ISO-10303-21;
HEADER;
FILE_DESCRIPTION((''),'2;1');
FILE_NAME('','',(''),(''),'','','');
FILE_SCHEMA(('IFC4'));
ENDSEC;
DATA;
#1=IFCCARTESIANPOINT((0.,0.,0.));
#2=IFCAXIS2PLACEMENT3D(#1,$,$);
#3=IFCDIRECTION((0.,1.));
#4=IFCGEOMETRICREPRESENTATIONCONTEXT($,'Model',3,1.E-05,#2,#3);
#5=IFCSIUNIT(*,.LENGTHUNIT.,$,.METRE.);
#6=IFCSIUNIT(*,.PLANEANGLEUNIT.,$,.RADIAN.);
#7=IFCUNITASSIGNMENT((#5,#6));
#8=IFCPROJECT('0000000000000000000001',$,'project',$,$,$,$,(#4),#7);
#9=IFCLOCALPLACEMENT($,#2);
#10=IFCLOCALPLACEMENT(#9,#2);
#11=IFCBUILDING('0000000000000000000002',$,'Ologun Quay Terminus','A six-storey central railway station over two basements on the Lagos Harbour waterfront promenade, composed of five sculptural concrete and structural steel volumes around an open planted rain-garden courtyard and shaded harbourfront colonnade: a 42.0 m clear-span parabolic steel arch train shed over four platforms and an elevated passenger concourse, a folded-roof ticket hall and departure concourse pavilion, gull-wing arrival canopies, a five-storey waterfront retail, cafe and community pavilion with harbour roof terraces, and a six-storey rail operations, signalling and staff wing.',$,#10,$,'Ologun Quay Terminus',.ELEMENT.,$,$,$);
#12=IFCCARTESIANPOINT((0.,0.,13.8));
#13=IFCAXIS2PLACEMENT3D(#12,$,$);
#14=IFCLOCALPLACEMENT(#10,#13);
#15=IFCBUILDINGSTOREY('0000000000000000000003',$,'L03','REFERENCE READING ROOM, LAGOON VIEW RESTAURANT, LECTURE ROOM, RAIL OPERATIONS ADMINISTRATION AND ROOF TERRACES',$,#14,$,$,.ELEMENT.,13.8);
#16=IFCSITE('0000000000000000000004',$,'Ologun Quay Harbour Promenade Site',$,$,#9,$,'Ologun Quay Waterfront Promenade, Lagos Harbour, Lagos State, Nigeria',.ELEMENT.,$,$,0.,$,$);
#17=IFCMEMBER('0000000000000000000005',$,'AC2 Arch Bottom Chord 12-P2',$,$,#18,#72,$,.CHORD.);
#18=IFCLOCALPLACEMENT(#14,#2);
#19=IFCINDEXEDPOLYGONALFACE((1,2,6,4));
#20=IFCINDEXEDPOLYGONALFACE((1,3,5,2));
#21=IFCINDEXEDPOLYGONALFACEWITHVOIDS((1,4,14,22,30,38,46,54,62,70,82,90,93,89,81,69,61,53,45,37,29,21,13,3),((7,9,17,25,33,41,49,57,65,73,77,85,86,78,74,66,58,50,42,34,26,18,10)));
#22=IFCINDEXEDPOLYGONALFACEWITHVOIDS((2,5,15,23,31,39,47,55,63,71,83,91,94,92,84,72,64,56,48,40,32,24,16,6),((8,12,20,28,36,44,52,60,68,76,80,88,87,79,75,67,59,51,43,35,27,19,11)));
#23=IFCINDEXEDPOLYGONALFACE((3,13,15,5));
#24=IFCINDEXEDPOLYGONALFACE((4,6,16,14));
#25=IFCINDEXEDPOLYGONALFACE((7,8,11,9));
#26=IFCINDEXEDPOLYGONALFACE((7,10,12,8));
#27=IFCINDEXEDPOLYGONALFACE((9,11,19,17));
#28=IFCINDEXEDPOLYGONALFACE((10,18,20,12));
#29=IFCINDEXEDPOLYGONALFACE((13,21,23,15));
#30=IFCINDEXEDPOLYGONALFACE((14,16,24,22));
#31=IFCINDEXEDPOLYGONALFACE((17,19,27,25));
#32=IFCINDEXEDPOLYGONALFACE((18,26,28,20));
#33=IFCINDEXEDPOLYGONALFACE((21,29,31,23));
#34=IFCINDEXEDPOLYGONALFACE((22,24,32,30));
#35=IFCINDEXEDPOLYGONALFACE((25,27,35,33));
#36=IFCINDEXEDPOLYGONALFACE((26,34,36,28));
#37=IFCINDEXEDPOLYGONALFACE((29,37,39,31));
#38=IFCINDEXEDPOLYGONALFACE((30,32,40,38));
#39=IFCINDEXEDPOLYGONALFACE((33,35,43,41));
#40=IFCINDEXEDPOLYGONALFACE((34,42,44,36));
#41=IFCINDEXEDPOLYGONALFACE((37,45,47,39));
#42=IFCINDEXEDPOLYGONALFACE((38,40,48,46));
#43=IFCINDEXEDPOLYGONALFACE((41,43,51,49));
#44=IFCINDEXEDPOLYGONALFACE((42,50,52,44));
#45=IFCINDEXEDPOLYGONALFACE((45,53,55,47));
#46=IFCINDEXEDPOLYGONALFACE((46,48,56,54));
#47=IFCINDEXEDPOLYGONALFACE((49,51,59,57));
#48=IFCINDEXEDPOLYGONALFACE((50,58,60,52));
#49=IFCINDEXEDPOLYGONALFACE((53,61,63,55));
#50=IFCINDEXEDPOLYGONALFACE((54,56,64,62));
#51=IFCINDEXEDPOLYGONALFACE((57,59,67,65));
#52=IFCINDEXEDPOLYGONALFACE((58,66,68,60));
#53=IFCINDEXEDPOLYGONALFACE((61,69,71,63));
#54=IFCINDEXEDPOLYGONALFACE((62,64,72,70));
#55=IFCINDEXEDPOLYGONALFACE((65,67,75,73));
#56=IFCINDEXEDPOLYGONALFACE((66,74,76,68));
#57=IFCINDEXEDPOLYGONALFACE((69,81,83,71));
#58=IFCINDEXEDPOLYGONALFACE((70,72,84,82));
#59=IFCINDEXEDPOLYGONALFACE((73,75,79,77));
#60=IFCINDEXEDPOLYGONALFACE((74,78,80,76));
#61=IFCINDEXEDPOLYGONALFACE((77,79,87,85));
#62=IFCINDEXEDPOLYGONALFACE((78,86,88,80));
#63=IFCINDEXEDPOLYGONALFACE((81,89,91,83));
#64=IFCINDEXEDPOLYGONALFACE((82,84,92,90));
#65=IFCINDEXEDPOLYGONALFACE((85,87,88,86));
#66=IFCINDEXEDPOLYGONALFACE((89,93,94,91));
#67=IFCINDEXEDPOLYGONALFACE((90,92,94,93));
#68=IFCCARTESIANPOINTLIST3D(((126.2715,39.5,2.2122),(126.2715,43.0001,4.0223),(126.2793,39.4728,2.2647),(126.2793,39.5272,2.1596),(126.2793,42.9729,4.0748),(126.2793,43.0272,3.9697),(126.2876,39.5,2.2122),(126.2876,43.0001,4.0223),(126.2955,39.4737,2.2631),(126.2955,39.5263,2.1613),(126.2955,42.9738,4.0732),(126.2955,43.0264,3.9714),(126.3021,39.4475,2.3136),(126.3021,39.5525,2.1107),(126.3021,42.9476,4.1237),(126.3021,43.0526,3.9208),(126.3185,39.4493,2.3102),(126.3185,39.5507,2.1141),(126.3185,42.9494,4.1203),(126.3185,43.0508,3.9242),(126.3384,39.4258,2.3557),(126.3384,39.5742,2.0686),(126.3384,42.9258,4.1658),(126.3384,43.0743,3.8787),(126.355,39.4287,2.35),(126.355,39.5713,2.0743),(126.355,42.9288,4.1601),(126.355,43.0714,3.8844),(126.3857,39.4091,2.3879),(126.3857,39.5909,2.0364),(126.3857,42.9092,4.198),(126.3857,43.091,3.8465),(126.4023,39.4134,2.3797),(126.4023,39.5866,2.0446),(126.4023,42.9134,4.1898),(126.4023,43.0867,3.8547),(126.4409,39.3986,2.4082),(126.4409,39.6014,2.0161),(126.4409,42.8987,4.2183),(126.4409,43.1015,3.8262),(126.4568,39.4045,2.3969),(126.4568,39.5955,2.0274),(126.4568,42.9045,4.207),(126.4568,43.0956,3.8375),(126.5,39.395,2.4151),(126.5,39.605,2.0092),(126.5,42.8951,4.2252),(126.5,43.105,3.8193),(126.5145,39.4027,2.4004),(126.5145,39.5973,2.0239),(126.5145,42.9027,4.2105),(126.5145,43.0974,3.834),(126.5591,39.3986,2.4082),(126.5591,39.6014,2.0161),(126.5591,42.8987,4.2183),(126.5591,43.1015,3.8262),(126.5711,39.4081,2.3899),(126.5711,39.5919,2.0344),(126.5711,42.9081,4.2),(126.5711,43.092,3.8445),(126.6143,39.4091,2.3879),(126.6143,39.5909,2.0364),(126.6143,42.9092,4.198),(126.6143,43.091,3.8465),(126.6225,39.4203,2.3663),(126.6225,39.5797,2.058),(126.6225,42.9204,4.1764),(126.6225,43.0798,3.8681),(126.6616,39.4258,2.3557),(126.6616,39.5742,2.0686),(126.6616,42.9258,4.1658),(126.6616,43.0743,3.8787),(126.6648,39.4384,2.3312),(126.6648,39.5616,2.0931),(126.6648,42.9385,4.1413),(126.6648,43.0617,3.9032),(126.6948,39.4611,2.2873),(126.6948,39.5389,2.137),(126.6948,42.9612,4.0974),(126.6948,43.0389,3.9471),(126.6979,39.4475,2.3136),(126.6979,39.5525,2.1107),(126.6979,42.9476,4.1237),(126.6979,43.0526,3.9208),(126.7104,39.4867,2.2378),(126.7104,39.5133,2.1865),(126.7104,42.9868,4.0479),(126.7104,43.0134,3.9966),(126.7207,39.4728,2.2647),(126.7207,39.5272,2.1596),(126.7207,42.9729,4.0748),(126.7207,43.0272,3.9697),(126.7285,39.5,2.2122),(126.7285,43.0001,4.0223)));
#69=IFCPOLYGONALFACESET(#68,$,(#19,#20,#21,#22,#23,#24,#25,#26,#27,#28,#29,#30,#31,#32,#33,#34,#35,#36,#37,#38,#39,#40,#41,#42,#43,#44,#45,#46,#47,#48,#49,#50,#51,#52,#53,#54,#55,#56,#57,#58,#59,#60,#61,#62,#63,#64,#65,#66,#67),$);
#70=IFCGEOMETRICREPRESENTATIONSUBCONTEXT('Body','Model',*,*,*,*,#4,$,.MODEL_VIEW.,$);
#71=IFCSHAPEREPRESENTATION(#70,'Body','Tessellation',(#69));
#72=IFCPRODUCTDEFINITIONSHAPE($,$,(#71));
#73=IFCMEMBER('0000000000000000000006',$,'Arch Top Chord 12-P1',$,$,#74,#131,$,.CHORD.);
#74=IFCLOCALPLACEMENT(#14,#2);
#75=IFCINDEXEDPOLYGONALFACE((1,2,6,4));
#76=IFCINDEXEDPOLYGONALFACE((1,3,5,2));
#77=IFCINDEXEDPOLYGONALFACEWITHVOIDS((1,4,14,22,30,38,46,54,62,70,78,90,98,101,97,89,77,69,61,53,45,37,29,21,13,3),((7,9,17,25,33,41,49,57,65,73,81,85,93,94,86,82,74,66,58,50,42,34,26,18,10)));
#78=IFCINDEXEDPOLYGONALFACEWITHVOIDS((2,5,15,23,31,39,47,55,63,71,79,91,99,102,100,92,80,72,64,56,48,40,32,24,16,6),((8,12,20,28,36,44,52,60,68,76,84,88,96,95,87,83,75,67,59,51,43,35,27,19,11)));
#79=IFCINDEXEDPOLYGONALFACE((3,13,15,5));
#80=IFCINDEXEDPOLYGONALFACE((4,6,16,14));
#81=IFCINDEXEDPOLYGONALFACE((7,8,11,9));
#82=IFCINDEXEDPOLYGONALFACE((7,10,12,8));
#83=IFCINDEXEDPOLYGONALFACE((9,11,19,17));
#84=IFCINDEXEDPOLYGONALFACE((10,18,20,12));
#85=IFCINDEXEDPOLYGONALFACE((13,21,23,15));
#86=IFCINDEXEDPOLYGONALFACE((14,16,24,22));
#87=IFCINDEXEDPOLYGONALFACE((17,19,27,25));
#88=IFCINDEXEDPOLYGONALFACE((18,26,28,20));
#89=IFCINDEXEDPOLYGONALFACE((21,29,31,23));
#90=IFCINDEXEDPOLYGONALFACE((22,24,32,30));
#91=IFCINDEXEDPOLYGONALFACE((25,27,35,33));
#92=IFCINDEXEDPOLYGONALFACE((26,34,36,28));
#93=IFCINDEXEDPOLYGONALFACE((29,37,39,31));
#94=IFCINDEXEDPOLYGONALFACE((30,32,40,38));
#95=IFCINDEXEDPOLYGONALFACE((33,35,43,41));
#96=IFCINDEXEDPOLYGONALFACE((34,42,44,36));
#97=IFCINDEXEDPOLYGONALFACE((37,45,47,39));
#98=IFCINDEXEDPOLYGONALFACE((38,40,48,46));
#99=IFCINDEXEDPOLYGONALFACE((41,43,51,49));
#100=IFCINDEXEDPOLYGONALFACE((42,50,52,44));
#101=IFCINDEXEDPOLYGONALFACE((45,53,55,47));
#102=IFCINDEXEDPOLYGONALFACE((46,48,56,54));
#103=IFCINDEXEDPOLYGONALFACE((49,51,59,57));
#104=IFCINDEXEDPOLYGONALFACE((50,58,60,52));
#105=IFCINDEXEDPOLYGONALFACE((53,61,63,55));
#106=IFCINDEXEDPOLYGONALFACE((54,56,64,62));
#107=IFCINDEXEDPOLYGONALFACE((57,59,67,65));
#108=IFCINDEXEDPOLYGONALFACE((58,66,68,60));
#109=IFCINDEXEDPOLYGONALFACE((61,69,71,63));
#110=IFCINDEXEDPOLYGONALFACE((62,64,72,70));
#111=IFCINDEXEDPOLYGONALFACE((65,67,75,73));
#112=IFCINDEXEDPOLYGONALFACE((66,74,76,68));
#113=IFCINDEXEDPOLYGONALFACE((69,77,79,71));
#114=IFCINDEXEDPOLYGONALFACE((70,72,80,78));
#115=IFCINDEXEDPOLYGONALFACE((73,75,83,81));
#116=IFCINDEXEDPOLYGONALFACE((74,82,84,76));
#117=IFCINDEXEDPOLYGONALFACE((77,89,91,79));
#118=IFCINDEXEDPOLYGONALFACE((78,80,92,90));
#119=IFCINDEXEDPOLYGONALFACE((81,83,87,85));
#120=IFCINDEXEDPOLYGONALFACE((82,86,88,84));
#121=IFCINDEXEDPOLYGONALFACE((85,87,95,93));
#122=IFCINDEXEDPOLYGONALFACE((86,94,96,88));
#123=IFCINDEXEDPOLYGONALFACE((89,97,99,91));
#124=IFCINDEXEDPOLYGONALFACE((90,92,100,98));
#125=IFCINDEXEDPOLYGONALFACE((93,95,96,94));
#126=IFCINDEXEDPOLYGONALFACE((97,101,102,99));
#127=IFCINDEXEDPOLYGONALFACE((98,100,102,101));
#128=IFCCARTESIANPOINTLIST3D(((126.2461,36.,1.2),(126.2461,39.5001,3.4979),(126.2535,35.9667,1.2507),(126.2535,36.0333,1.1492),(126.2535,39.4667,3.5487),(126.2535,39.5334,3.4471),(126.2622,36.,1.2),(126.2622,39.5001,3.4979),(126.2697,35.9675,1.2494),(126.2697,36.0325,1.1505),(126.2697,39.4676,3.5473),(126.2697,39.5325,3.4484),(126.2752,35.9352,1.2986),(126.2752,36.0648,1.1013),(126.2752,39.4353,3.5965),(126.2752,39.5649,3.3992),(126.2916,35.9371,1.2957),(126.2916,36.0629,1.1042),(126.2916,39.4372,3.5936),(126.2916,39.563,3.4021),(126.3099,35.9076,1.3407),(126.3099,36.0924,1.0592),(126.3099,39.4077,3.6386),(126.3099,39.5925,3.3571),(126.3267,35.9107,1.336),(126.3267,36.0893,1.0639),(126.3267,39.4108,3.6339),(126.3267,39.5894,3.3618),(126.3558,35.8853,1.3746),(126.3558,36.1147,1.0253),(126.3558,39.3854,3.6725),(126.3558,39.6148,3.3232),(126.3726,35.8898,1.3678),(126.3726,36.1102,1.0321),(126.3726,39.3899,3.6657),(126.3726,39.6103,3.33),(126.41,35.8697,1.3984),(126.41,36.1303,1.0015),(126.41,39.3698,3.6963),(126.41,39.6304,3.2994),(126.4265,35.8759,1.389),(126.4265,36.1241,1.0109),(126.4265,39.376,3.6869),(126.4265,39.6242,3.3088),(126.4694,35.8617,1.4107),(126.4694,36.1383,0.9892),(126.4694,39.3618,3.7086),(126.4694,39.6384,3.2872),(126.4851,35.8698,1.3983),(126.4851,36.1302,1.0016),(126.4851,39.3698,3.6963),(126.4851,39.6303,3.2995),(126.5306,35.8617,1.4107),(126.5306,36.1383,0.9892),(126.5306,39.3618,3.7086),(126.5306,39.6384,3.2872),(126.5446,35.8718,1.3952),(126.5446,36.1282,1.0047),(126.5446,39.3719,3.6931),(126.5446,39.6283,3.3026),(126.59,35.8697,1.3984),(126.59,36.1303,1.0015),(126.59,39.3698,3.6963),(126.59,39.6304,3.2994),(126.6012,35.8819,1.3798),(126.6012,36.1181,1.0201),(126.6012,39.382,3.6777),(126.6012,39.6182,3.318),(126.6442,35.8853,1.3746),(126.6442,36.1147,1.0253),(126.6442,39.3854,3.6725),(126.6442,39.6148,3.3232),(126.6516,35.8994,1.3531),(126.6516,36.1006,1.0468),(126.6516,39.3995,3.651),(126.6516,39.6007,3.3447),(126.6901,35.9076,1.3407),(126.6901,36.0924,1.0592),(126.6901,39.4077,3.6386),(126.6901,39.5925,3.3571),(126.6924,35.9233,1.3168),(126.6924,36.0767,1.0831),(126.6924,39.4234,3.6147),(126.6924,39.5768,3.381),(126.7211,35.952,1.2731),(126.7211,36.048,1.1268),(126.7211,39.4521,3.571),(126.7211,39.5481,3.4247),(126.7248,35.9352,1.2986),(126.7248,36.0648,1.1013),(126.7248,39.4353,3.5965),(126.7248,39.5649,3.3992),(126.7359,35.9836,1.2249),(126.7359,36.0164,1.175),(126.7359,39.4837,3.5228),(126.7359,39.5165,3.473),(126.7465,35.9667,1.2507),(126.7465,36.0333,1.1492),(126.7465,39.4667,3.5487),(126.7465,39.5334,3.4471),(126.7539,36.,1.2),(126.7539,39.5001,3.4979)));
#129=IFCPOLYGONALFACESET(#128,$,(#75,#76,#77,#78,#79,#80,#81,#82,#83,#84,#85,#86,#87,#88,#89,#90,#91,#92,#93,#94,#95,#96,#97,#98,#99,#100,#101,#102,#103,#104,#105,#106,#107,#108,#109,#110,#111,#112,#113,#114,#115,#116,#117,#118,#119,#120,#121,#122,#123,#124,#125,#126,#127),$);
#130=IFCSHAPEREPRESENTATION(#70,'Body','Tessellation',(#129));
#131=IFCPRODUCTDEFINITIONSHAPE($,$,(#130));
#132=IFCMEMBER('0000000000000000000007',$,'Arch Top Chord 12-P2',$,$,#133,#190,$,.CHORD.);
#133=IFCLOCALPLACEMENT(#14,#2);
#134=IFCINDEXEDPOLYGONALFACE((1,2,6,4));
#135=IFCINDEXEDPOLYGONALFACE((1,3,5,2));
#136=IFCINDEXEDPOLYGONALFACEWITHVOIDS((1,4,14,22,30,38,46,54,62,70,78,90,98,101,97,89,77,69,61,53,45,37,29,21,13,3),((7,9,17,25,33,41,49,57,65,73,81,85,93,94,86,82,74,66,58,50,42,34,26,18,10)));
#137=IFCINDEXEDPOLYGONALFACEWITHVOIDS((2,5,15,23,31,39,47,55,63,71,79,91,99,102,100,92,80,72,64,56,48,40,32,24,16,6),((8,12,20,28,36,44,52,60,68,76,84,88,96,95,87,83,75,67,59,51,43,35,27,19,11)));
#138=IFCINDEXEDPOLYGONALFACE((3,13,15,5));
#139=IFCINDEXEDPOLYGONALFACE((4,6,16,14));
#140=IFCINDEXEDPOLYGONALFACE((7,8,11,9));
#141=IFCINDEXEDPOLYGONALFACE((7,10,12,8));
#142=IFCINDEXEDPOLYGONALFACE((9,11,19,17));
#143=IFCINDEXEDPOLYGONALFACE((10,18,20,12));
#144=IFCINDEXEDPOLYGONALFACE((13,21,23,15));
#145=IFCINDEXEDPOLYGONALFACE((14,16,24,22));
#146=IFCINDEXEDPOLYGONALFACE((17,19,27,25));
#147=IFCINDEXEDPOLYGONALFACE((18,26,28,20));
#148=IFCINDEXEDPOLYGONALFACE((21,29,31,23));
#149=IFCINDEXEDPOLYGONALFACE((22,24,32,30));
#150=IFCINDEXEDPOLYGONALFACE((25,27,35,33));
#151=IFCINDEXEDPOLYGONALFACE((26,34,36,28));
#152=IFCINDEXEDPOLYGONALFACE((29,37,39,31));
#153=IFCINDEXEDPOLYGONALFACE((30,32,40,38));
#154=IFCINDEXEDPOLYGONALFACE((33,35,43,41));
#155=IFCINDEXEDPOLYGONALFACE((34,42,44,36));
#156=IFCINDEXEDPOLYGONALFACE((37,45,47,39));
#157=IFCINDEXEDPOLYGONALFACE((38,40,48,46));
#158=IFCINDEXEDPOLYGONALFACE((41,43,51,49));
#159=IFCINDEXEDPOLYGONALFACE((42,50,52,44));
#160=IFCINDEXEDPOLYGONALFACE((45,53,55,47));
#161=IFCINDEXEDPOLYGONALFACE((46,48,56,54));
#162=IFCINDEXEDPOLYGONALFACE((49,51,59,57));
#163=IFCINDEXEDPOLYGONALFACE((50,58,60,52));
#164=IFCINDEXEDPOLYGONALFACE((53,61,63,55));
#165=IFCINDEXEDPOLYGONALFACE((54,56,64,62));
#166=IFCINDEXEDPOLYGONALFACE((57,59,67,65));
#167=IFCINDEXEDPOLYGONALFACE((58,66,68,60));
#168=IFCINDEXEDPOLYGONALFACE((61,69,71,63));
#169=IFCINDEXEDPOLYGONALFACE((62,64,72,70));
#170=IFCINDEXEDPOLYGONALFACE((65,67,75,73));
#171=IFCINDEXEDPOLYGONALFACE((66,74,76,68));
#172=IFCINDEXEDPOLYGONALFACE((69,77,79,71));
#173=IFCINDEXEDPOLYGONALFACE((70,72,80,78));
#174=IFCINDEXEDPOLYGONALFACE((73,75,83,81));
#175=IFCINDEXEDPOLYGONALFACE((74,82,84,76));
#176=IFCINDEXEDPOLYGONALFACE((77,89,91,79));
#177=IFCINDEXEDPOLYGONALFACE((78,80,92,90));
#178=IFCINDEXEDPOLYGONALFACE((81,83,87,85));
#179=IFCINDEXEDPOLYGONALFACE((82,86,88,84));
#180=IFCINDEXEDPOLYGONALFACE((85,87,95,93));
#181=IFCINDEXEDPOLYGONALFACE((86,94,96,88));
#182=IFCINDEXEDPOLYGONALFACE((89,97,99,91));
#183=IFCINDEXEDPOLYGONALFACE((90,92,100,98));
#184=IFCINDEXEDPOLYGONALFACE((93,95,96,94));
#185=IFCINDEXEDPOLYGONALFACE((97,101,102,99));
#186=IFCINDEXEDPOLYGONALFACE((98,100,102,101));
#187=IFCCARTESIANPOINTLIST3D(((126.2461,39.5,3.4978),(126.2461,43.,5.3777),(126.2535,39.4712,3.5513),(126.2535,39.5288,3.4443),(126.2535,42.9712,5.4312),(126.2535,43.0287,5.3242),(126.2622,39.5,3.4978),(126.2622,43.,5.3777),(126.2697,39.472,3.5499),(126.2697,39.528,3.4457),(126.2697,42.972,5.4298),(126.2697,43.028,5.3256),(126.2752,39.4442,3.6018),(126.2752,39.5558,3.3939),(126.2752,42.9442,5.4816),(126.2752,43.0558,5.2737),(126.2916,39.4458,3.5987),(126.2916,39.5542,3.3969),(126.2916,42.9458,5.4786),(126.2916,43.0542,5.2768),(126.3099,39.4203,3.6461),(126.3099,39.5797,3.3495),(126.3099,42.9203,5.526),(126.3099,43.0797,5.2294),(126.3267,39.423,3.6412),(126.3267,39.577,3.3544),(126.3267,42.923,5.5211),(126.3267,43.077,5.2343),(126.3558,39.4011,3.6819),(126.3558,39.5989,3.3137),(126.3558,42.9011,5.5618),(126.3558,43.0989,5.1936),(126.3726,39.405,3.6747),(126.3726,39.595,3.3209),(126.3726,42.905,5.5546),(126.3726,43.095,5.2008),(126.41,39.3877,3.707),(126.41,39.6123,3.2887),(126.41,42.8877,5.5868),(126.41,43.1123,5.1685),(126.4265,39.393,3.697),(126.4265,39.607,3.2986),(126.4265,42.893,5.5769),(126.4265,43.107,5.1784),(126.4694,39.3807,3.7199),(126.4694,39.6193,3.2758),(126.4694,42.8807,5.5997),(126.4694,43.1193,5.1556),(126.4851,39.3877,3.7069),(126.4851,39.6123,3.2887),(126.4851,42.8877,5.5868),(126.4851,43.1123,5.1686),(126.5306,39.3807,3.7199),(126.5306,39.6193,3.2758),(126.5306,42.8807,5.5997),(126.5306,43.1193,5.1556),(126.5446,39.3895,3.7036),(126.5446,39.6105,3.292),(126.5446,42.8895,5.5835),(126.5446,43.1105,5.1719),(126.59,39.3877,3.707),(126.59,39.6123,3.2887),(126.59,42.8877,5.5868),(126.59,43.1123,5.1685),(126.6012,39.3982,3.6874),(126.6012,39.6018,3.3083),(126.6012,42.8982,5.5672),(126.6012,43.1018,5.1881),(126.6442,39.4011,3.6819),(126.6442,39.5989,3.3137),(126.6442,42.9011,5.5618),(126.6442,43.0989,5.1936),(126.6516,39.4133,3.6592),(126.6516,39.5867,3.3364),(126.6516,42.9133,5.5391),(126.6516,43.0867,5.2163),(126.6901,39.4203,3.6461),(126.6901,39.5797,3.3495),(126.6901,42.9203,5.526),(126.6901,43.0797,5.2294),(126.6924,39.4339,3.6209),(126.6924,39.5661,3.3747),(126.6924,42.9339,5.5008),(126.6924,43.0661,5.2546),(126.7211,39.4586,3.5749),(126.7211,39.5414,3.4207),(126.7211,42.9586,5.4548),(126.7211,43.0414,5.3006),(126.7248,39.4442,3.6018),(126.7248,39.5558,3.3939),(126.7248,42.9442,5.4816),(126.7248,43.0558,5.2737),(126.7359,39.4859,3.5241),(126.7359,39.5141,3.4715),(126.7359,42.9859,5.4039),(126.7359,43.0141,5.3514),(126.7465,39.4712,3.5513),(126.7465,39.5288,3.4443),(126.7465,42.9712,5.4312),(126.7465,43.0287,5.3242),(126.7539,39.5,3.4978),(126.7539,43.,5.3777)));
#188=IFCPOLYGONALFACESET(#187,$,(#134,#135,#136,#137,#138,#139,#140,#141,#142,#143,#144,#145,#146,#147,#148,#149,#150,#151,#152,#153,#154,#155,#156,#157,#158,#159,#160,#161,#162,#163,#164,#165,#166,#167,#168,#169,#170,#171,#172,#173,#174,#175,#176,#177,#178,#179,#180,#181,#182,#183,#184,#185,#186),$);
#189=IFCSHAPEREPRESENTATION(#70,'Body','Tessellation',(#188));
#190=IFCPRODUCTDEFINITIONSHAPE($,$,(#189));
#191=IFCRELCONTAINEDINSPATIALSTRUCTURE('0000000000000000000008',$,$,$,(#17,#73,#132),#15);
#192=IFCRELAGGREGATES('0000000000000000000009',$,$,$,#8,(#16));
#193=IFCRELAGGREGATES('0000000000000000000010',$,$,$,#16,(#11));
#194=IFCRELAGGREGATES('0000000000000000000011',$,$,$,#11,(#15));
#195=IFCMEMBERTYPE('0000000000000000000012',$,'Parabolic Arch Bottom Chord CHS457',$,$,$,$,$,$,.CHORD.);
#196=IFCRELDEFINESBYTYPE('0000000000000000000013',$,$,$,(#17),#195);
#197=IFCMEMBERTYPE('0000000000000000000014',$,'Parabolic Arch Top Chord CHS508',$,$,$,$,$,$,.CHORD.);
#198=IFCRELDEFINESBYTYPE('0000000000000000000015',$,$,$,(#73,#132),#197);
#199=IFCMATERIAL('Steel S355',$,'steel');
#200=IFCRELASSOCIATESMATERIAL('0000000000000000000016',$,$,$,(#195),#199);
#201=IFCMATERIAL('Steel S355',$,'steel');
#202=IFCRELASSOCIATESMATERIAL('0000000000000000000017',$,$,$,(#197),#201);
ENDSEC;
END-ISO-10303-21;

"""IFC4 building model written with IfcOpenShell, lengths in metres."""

from ifc_helpers import new_model, si_unit, direction, frame, origin, origin_2d, place, context, subcontext, project, spatial, hollow_circle, extrude, material, material_profile, profile_set, type_object, element, save


model = new_model("IFC4")

# Units and contexts
model_context = context("Model", 3, precision=1e-05, world=origin(), true_north=direction((0.0, 1.0)))
body_context = subcontext(model_context, "Body", "Model", "MODEL_VIEW")
ifc_project = project(units=[si_unit("LENGTHUNIT", "METRE"), si_unit("PLANEANGLEUNIT", "RADIAN")], contexts=[model_context])

# Site, building, storey
site_placement = place(None, origin())
site = spatial("IfcSite", under=ifc_project, at=site_placement, Name="Ologun Quay Harbour Promenade Site", LongName="Ologun Quay Waterfront Promenade, Lagos Harbour, Lagos State, Nigeria", CompositionType="ELEMENT", RefElevation=0.0)
building_placement = place(site_placement, origin())
building = spatial("IfcBuilding", under=site, at=building_placement, Name="Ologun Quay Terminus", Description="A six-storey central railway station over two basements on the Lagos Harbour waterfront promenade, composed of five sculptural concrete and structural steel volumes around an open planted rain-garden courtyard and shaded harbourfront colonnade: a 42.0 m clear-span parabolic steel arch train shed over four platforms and an elevated passenger concourse, a folded-roof ticket hall and departure concourse pavilion, gull-wing arrival canopies, a five-storey waterfront retail, cafe and community pavilion with harbour roof terraces, and a six-storey rail operations, signalling and staff wing.", LongName="Ologun Quay Terminus", CompositionType="ELEMENT")
storey_placement = place(building_placement, frame((0.0, 0.0, 13.8)))
storey = spatial("IfcBuildingStorey", under=building, at=storey_placement, Name="L03", Description="REFERENCE READING ROOM, LAGOON VIEW RESTAURANT, LECTURE ROOM, RAIL OPERATIONS ADMINISTRATION AND ROOF TERRACES", CompositionType="ELEMENT", Elevation=13.8)

# Members
ifc_material_1 = material(Name="Steel S355", Category="steel")
ifc_material_profile_1 = material_profile(ifc_material_1, hollow_circle(Radius=0.2285, WallThickness=0.0161, at=origin_2d()), Name="CHS 457x16")
ifc_profile_set_1 = profile_set([ifc_material_profile_1], Name="Steel S355")
member_type_1 = type_object("IfcMemberType", Name="Parabolic Arch Bottom Chord CHS457", PredefinedType="CHORD", material=ifc_profile_set_1)
member_1_placement = place(storey_placement, frame((126.5, 39.5, 2.2122), z_axis=(0.0, 0.888247, 0.459366), x_axis=(-1.0, 0.0, 0.0)))
element("IfcMember", 1, at=member_1_placement, inside=storey, type_object=member_type_1, Name="AC2 Arch Bottom Chord 12-P2", PredefinedType="CHORD", context=body_context, shape_type="SweptSolid", body=[
    extrude(hollow_circle(Radius=0.2285, WallThickness=0.0161, at=origin_2d()), origin(), (0.0, 0.0, 1.0), 3.9404),
])
ifc_material_2 = material(Name="Steel S355", Category="steel")
ifc_material_profile_2 = material_profile(ifc_material_2, hollow_circle(Radius=0.2539, WallThickness=0.0161, at=origin_2d()), Name="CHS 508x16")
ifc_profile_set_2 = profile_set([ifc_material_profile_2], Name="Steel S355")
member_type_2 = type_object("IfcMemberType", Name="Parabolic Arch Top Chord CHS508", PredefinedType="CHORD", material=ifc_profile_set_2)
member_2_placement = place(storey_placement, frame((126.5, 36.0, 1.2), z_axis=(0.0, 0.835941, 0.548819), x_axis=(-1.0, 0.0, 0.0)))
element("IfcMember", 2, at=member_2_placement, inside=storey, type_object=member_type_2, Name="Arch Top Chord 12-P1", PredefinedType="CHORD", context=body_context, shape_type="SweptSolid", body=[
    extrude(hollow_circle(Radius=0.2539, WallThickness=0.0161, at=origin_2d()), origin(), (0.0, 0.0, 1.0), 4.187),
])
member_3_placement = place(storey_placement, frame((126.5, 39.5, 3.4978), z_axis=(0.0, 0.880968, 0.473176), x_axis=(-1.0, 0.0, 0.0)))
element("IfcMember", 3, at=member_3_placement, inside=storey, type_object=member_type_2, Name="Arch Top Chord 12-P2", PredefinedType="CHORD", context=body_context, shape_type="SweptSolid", body=[
    extrude(hollow_circle(Radius=0.2539, WallThickness=0.0161, at=origin_2d()), origin(), (0.0, 0.0, 1.0), 3.9729),
])

save(model, "model.ifc")
